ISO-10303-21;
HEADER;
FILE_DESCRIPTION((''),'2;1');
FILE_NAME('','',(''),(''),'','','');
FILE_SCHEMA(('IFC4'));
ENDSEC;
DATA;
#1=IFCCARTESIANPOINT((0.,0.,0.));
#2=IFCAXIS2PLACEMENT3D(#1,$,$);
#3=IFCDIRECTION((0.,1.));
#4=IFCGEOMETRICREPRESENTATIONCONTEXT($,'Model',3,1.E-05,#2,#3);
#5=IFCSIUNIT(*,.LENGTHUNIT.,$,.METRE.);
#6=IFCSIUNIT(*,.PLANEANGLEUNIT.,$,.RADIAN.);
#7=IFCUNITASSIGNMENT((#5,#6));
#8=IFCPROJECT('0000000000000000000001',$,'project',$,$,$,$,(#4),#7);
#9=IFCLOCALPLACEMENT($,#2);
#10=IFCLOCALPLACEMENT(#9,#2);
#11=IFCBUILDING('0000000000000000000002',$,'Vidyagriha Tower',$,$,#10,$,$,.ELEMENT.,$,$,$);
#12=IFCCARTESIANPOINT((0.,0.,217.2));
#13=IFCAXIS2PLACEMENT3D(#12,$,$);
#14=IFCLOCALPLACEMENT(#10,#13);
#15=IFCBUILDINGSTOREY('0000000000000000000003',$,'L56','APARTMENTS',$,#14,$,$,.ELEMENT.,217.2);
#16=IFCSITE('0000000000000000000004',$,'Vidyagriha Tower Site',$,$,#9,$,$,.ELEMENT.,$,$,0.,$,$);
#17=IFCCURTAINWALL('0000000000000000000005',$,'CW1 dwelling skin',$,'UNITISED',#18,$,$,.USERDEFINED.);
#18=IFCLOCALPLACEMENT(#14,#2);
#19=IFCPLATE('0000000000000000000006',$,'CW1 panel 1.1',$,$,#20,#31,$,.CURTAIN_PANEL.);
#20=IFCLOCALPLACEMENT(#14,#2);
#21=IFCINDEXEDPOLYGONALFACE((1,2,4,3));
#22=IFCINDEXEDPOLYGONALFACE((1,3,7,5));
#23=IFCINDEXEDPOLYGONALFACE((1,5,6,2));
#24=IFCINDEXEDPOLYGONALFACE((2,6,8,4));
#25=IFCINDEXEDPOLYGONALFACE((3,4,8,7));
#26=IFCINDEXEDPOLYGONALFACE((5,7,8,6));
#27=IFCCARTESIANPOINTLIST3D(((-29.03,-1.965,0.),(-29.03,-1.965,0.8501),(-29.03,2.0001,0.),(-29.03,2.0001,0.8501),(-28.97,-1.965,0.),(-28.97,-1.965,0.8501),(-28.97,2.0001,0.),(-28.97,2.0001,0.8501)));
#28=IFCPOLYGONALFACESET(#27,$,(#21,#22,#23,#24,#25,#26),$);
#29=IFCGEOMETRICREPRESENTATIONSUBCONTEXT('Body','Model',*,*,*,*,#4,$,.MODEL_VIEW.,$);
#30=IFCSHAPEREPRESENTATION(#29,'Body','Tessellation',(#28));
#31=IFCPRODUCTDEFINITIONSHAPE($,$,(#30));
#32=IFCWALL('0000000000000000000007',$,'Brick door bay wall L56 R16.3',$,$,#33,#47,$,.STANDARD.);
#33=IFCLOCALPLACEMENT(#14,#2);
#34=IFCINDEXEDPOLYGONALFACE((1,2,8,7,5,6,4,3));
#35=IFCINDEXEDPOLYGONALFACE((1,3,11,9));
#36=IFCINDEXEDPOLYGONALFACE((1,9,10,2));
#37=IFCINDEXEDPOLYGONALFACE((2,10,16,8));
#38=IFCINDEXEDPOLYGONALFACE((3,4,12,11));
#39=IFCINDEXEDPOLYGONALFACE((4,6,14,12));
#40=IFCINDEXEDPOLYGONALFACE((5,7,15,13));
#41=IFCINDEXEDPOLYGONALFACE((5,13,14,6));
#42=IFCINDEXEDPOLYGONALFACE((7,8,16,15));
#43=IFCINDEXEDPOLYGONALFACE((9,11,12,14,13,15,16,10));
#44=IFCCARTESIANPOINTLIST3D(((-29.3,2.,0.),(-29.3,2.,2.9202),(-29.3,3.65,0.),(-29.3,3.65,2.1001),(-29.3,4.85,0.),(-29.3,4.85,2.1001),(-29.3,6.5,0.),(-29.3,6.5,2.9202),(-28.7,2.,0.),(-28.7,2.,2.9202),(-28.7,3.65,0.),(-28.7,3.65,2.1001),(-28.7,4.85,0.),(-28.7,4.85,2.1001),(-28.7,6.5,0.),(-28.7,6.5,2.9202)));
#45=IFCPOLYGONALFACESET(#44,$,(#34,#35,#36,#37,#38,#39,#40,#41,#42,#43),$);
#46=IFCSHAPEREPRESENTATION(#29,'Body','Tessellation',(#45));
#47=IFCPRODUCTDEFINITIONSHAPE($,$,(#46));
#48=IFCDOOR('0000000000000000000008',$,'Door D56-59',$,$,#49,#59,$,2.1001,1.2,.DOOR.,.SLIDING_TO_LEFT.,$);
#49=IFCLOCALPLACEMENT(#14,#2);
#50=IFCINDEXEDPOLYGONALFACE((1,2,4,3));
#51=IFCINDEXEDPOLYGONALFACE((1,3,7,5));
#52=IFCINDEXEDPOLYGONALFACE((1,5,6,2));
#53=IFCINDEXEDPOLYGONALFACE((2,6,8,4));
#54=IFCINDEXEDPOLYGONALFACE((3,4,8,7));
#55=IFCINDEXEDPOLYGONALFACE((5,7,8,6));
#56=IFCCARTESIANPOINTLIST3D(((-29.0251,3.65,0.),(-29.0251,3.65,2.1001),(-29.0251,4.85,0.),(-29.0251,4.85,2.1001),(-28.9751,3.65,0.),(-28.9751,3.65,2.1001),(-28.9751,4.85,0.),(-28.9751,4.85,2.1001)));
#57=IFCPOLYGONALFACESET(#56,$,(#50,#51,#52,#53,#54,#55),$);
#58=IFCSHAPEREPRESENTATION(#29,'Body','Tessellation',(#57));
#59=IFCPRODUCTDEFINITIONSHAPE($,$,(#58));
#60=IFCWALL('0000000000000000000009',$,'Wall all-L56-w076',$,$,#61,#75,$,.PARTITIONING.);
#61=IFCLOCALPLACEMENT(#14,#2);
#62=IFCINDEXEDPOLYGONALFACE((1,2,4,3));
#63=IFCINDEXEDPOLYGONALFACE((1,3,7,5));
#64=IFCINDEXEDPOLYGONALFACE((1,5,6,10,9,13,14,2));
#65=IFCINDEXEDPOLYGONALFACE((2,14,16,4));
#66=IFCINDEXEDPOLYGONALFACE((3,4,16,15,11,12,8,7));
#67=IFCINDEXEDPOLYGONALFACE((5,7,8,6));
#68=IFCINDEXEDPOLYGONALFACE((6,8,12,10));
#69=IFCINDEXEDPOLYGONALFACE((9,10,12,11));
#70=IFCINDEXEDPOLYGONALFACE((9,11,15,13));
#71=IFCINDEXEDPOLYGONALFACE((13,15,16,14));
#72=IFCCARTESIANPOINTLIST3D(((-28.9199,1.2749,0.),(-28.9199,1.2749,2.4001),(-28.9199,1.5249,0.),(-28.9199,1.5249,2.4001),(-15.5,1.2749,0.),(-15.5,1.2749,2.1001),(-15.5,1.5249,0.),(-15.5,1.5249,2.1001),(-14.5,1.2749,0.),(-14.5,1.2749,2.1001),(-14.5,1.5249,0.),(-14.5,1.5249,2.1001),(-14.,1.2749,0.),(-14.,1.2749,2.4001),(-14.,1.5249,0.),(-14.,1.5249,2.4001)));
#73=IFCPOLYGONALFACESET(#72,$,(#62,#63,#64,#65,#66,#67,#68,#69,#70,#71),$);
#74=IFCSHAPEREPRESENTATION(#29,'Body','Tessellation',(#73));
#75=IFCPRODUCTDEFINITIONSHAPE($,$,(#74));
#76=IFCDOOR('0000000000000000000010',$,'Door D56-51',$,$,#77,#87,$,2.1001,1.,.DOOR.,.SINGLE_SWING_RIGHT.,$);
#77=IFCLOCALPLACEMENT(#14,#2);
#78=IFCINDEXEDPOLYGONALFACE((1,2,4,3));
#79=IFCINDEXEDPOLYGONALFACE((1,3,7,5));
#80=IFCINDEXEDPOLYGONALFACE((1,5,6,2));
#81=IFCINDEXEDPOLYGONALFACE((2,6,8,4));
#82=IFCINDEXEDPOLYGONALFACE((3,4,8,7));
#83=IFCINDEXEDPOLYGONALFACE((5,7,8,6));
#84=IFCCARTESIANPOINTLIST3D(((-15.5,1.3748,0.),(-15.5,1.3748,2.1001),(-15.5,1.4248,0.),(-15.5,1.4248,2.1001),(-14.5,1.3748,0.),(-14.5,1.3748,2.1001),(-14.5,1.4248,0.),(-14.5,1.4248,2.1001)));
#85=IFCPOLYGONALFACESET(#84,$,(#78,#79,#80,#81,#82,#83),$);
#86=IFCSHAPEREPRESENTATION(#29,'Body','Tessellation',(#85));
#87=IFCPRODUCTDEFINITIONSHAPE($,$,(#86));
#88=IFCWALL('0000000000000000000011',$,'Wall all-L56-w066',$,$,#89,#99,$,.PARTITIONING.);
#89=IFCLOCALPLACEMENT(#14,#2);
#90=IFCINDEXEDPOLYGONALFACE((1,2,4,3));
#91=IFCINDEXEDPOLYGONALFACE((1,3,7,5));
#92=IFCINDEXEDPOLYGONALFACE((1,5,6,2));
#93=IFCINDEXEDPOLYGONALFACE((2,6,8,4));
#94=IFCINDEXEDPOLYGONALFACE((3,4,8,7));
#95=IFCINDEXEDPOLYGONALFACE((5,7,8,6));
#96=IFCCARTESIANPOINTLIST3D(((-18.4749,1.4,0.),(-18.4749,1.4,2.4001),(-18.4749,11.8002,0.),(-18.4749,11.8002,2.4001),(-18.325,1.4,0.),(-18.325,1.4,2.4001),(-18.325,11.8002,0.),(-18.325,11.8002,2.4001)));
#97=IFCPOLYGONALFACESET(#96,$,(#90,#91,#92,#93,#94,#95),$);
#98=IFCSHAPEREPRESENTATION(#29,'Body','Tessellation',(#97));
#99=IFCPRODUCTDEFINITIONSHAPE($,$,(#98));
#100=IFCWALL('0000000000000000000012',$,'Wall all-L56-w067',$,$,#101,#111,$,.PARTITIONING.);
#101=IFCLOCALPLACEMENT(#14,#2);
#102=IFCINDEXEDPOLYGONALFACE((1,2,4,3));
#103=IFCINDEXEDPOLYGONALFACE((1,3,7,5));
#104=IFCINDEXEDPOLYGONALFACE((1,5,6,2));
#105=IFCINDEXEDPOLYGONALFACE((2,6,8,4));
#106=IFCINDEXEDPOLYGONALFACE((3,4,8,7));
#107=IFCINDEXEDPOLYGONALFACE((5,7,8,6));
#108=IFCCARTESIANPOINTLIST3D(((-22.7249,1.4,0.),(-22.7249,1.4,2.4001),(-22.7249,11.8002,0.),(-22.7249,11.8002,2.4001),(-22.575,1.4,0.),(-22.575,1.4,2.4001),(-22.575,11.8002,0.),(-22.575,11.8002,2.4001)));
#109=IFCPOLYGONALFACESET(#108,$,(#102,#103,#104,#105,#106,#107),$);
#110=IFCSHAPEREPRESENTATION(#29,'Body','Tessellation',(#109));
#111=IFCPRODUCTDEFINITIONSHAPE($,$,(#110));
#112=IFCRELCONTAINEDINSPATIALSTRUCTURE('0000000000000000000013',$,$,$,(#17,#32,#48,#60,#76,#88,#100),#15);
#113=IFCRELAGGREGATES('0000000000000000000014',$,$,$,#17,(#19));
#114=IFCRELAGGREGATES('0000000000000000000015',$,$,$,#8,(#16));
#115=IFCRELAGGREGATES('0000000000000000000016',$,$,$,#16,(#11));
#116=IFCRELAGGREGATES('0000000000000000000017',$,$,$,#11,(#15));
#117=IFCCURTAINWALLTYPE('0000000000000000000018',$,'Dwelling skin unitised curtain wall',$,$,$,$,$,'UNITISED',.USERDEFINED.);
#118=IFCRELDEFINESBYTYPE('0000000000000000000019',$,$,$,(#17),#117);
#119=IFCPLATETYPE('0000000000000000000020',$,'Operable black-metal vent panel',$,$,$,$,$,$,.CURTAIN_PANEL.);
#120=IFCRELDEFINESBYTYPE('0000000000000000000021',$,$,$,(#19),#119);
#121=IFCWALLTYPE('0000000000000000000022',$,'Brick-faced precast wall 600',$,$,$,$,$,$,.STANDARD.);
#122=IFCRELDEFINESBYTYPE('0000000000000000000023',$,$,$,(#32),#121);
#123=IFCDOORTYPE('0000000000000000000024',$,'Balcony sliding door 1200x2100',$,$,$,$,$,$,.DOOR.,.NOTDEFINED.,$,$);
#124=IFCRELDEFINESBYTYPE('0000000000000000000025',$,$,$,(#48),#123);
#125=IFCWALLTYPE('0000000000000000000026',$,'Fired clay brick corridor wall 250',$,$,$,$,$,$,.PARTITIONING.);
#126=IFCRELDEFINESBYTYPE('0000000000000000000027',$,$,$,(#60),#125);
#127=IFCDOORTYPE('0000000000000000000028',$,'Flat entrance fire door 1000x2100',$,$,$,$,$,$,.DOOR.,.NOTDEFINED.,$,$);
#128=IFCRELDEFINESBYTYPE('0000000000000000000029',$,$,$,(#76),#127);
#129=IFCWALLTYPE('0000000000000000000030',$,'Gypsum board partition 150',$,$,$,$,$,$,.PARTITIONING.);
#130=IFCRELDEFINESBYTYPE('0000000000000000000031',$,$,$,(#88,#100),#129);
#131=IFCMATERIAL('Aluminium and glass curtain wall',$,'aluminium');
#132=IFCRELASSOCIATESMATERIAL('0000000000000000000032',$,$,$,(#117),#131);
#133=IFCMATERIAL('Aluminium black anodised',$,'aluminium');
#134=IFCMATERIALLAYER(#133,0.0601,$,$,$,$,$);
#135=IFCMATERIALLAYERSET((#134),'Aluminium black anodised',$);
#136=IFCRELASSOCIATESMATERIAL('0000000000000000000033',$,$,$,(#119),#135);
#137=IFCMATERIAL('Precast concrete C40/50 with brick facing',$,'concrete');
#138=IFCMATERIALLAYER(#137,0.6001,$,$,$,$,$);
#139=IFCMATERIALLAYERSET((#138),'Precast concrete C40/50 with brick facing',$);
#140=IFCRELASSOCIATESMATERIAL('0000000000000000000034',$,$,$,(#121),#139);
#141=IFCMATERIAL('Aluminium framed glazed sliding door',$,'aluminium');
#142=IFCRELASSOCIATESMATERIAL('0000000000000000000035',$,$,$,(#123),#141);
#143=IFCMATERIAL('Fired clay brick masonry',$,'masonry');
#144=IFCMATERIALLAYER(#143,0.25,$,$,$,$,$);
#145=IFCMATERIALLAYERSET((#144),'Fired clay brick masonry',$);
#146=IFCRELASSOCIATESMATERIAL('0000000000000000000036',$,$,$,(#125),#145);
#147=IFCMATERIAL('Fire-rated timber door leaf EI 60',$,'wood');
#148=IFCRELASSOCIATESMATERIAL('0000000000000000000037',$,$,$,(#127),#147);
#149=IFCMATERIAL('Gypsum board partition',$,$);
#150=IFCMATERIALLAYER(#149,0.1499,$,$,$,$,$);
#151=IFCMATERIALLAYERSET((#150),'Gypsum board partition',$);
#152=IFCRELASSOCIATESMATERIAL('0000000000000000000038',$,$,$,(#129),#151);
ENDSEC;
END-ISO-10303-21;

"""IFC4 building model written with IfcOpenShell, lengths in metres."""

from ifc_helpers import new_model, si_unit, direction, frame, frame_2d, origin, origin_2d, place, context, subcontext, project, spatial, rectangle, extrude, material, layer, layer_set, type_object, element, fill, aggregate, save


model = new_model("IFC4")

# Units and contexts
model_context = context("Model", 3, precision=1e-05, world=origin(), true_north=direction((0.0, 1.0)))
body_context = subcontext(model_context, "Body", "Model", "MODEL_VIEW")
ifc_project = project(units=[si_unit("LENGTHUNIT", "METRE"), si_unit("PLANEANGLEUNIT", "RADIAN")], contexts=[model_context])

# Site, building, storey
site_placement = place(None, origin())
site = spatial("IfcSite", under=ifc_project, at=site_placement, Name="Vidyagriha Tower Site", CompositionType="ELEMENT", RefElevation=0.0)
building_placement = place(site_placement, origin())
building = spatial("IfcBuilding", under=site, at=building_placement, Name="Vidyagriha Tower", CompositionType="ELEMENT")
storey_placement = place(building_placement, frame((0.0, 0.0, 217.2)))
storey = spatial("IfcBuildingStorey", under=building, at=storey_placement, Name="L56", Description="APARTMENTS", CompositionType="ELEMENT", Elevation=217.2)

# Shared definitions
ifc_material_1 = material(Name="Aluminium and glass curtain wall", Category="aluminium")
curtain_wall_type = type_object("IfcCurtainWallType", Name="Dwelling skin unitised curtain wall", ElementType="UNITISED", PredefinedType="USERDEFINED", material=ifc_material_1)

# Curtain wall
curtain_wall_1_placement = place(storey_placement, origin())
curtain_wall_1 = element("IfcCurtainWall", 1, at=curtain_wall_1_placement, inside=storey, type_object=curtain_wall_type, Name="CW1 dwelling skin", ObjectType="UNITISED", PredefinedType="USERDEFINED")

# Plate
ifc_material_2 = material(Name="Aluminium black anodised", Category="aluminium")
ifc_layer_1 = layer(ifc_material_2, 0.0601)
ifc_layer_set_1 = layer_set([ifc_layer_1], Name="Aluminium black anodised")
plate_type_1 = type_object("IfcPlateType", Name="Operable black-metal vent panel", PredefinedType="CURTAIN_PANEL", material=ifc_layer_set_1)
plate_1_placement = place(storey_placement, frame((-29.0, 0.0176, 0.0), z_axis=(0.0, 0.0, 1.0), x_axis=(0.0, -1.0, 0.0)))
plate_1 = element("IfcPlate", 2, at=plate_1_placement, type_object=plate_type_1, Name="CW1 panel 1.1", PredefinedType="CURTAIN_PANEL", context=body_context, shape_type="SweptSolid", body=[
    extrude(rectangle(XDim=3.9651, YDim=0.0601, at=origin_2d()), origin(), (0.0, 0.0, 1.0), 0.8501),
])
aggregate(curtain_wall_1, [plate_1])

# Walls, openings, doors
ifc_material_3 = material(Name="Precast concrete C40/50 with brick facing", Category="concrete")
ifc_layer_2 = layer(ifc_material_3, 0.6001)
ifc_layer_set_2 = layer_set([ifc_layer_2], Name="Precast concrete C40/50 with brick facing")
wall_type_1 = type_object("IfcWallType", Name="Brick-faced precast wall 600", PredefinedType="STANDARD", material=ifc_layer_set_2)
wall_1_placement = place(storey_placement, frame((-29.0, 6.5, 0.0), z_axis=(0.0, 0.0, 1.0), x_axis=(0.0, -1.0, 0.0)))
wall_1 = element("IfcWall", 3, at=wall_1_placement, inside=storey, type_object=wall_type_1, Name="Brick door bay wall L56 R16.3", PredefinedType="STANDARD", context=body_context, shape_type="SweptSolid", body=[
    extrude(rectangle(XDim=4.5, YDim=0.6001, at=frame_2d((2.25, 0.0))), origin(), (0.0, 0.0, 1.0), 2.9202),
])
opening_1_placement = place(wall_1_placement, frame((1.6499, 0.0, 0.0)))
opening_1 = element("IfcOpeningElement", 4, at=opening_1_placement, cuts=wall_1, PredefinedType="OPENING", context=body_context, shape_type="SweptSolid", body=[
    extrude(rectangle(XDim=1.2, YDim=2.1001, at=frame_2d((0.6001, 1.05))), frame((0.0, 0.3101, 0.0), z_axis=(0.0, -1.0, 0.0), x_axis=(1.0, 0.0, 0.0)), (0.0, 0.0, 1.0), 0.6201),
])
ifc_material_4 = material(Name="Aluminium framed glazed sliding door", Category="aluminium")
door_type_1 = type_object("IfcDoorType", Name="Balcony sliding door 1200x2100", OperationType="NOTDEFINED", PredefinedType="DOOR", material=ifc_material_4)
door_1_placement = place(opening_1_placement, origin())
door_1 = element("IfcDoor", 5, at=door_1_placement, inside=storey, type_object=door_type_1, Name="Door D56-59", OperationType="SLIDING_TO_LEFT", OverallHeight=2.1001, OverallWidth=1.2, PredefinedType="DOOR", context=body_context, shape_type="SweptSolid", body=[
    extrude(rectangle(XDim=1.2, YDim=2.1001, at=frame_2d((0.6001, 1.05))), frame((0.0, 0.0249, 0.0), z_axis=(0.0, -1.0, 0.0), x_axis=(1.0, 0.0, 0.0)), (0.0, 0.0, 1.0), 0.05),
])
fill(opening_1, door_1)
ifc_material_5 = material(Name="Fired clay brick masonry", Category="masonry")
ifc_layer_3 = layer(ifc_material_5, 0.25)
ifc_layer_set_3 = layer_set([ifc_layer_3], Name="Fired clay brick masonry")
wall_type_2 = type_object("IfcWallType", Name="Fired clay brick corridor wall 250", PredefinedType="PARTITIONING", material=ifc_layer_set_3)
wall_2_placement = place(storey_placement, frame((-28.9199, 1.3999, 0.0)))
wall_2 = element("IfcWall", 6, at=wall_2_placement, inside=storey, type_object=wall_type_2, Name="Wall all-L56-w076", PredefinedType="PARTITIONING", context=body_context, shape_type="SweptSolid", body=[
    extrude(rectangle(XDim=14.9199, YDim=0.25, at=frame_2d((7.46, 0.0))), origin(), (0.0, 0.0, 1.0), 2.4001),
])
opening_2_placement = place(wall_2_placement, frame((13.4199, 0.0, 0.0)))
opening_2 = element("IfcOpeningElement", 7, at=opening_2_placement, cuts=wall_2, PredefinedType="OPENING", context=body_context, shape_type="SweptSolid", body=[
    extrude(rectangle(XDim=1.0, YDim=2.1001, at=frame_2d((0.5, 1.05))), frame((0.0, 0.135, 0.0), z_axis=(0.0, -1.0, 0.0), x_axis=(1.0, 0.0, 0.0)), (0.0, 0.0, 1.0), 0.27),
])
ifc_material_6 = material(Name="Fire-rated timber door leaf EI 60", Category="wood")
door_type_2 = type_object("IfcDoorType", Name="Flat entrance fire door 1000x2100", OperationType="NOTDEFINED", PredefinedType="DOOR", material=ifc_material_6)
door_2_placement = place(opening_2_placement, origin())
door_2 = element("IfcDoor", 8, at=door_2_placement, inside=storey, type_object=door_type_2, Name="Door D56-51", OperationType="SINGLE_SWING_RIGHT", OverallHeight=2.1001, OverallWidth=1.0, PredefinedType="DOOR", context=body_context, shape_type="SweptSolid", body=[
    extrude(rectangle(XDim=1.0, YDim=2.1001, at=frame_2d((0.5, 1.05))), frame((0.0, 0.0249, 0.0), z_axis=(0.0, -1.0, 0.0), x_axis=(1.0, 0.0, 0.0)), (0.0, 0.0, 1.0), 0.05),
])
fill(opening_2, door_2)

# Walls
ifc_material_7 = material(Name="Gypsum board partition")
ifc_layer_4 = layer(ifc_material_7, 0.1499)
ifc_layer_set_4 = layer_set([ifc_layer_4], Name="Gypsum board partition")
wall_type_3 = type_object("IfcWallType", Name="Gypsum board partition 150", PredefinedType="PARTITIONING", material=ifc_layer_set_4)
for number, where, z_axis, x_axis, name in (
    (9, (-18.3999, 1.3999, 0.0), (0.0, 0.0, 1.0), (0.0, 1.0, 0.0), "Wall all-L56-w066"),
    (10, (-22.6499, 1.3999, 0.0), (0.0, 0.0, 1.0), (0.0, 1.0, 0.0), "Wall all-L56-w067"),
):
    element("IfcWall", number, at=place(storey_placement, frame(where, z_axis=z_axis, x_axis=x_axis)), inside=storey, type_object=wall_type_3, Name=name, PredefinedType="PARTITIONING", context=body_context, shape_type="SweptSolid", body=[
        extrude(rectangle(XDim=10.4001, YDim=0.1499, at=frame_2d((5.2002, 0.0))), origin(), (0.0, 0.0, 1.0), 2.4001),
    ])

save(model, "model.ifc")
